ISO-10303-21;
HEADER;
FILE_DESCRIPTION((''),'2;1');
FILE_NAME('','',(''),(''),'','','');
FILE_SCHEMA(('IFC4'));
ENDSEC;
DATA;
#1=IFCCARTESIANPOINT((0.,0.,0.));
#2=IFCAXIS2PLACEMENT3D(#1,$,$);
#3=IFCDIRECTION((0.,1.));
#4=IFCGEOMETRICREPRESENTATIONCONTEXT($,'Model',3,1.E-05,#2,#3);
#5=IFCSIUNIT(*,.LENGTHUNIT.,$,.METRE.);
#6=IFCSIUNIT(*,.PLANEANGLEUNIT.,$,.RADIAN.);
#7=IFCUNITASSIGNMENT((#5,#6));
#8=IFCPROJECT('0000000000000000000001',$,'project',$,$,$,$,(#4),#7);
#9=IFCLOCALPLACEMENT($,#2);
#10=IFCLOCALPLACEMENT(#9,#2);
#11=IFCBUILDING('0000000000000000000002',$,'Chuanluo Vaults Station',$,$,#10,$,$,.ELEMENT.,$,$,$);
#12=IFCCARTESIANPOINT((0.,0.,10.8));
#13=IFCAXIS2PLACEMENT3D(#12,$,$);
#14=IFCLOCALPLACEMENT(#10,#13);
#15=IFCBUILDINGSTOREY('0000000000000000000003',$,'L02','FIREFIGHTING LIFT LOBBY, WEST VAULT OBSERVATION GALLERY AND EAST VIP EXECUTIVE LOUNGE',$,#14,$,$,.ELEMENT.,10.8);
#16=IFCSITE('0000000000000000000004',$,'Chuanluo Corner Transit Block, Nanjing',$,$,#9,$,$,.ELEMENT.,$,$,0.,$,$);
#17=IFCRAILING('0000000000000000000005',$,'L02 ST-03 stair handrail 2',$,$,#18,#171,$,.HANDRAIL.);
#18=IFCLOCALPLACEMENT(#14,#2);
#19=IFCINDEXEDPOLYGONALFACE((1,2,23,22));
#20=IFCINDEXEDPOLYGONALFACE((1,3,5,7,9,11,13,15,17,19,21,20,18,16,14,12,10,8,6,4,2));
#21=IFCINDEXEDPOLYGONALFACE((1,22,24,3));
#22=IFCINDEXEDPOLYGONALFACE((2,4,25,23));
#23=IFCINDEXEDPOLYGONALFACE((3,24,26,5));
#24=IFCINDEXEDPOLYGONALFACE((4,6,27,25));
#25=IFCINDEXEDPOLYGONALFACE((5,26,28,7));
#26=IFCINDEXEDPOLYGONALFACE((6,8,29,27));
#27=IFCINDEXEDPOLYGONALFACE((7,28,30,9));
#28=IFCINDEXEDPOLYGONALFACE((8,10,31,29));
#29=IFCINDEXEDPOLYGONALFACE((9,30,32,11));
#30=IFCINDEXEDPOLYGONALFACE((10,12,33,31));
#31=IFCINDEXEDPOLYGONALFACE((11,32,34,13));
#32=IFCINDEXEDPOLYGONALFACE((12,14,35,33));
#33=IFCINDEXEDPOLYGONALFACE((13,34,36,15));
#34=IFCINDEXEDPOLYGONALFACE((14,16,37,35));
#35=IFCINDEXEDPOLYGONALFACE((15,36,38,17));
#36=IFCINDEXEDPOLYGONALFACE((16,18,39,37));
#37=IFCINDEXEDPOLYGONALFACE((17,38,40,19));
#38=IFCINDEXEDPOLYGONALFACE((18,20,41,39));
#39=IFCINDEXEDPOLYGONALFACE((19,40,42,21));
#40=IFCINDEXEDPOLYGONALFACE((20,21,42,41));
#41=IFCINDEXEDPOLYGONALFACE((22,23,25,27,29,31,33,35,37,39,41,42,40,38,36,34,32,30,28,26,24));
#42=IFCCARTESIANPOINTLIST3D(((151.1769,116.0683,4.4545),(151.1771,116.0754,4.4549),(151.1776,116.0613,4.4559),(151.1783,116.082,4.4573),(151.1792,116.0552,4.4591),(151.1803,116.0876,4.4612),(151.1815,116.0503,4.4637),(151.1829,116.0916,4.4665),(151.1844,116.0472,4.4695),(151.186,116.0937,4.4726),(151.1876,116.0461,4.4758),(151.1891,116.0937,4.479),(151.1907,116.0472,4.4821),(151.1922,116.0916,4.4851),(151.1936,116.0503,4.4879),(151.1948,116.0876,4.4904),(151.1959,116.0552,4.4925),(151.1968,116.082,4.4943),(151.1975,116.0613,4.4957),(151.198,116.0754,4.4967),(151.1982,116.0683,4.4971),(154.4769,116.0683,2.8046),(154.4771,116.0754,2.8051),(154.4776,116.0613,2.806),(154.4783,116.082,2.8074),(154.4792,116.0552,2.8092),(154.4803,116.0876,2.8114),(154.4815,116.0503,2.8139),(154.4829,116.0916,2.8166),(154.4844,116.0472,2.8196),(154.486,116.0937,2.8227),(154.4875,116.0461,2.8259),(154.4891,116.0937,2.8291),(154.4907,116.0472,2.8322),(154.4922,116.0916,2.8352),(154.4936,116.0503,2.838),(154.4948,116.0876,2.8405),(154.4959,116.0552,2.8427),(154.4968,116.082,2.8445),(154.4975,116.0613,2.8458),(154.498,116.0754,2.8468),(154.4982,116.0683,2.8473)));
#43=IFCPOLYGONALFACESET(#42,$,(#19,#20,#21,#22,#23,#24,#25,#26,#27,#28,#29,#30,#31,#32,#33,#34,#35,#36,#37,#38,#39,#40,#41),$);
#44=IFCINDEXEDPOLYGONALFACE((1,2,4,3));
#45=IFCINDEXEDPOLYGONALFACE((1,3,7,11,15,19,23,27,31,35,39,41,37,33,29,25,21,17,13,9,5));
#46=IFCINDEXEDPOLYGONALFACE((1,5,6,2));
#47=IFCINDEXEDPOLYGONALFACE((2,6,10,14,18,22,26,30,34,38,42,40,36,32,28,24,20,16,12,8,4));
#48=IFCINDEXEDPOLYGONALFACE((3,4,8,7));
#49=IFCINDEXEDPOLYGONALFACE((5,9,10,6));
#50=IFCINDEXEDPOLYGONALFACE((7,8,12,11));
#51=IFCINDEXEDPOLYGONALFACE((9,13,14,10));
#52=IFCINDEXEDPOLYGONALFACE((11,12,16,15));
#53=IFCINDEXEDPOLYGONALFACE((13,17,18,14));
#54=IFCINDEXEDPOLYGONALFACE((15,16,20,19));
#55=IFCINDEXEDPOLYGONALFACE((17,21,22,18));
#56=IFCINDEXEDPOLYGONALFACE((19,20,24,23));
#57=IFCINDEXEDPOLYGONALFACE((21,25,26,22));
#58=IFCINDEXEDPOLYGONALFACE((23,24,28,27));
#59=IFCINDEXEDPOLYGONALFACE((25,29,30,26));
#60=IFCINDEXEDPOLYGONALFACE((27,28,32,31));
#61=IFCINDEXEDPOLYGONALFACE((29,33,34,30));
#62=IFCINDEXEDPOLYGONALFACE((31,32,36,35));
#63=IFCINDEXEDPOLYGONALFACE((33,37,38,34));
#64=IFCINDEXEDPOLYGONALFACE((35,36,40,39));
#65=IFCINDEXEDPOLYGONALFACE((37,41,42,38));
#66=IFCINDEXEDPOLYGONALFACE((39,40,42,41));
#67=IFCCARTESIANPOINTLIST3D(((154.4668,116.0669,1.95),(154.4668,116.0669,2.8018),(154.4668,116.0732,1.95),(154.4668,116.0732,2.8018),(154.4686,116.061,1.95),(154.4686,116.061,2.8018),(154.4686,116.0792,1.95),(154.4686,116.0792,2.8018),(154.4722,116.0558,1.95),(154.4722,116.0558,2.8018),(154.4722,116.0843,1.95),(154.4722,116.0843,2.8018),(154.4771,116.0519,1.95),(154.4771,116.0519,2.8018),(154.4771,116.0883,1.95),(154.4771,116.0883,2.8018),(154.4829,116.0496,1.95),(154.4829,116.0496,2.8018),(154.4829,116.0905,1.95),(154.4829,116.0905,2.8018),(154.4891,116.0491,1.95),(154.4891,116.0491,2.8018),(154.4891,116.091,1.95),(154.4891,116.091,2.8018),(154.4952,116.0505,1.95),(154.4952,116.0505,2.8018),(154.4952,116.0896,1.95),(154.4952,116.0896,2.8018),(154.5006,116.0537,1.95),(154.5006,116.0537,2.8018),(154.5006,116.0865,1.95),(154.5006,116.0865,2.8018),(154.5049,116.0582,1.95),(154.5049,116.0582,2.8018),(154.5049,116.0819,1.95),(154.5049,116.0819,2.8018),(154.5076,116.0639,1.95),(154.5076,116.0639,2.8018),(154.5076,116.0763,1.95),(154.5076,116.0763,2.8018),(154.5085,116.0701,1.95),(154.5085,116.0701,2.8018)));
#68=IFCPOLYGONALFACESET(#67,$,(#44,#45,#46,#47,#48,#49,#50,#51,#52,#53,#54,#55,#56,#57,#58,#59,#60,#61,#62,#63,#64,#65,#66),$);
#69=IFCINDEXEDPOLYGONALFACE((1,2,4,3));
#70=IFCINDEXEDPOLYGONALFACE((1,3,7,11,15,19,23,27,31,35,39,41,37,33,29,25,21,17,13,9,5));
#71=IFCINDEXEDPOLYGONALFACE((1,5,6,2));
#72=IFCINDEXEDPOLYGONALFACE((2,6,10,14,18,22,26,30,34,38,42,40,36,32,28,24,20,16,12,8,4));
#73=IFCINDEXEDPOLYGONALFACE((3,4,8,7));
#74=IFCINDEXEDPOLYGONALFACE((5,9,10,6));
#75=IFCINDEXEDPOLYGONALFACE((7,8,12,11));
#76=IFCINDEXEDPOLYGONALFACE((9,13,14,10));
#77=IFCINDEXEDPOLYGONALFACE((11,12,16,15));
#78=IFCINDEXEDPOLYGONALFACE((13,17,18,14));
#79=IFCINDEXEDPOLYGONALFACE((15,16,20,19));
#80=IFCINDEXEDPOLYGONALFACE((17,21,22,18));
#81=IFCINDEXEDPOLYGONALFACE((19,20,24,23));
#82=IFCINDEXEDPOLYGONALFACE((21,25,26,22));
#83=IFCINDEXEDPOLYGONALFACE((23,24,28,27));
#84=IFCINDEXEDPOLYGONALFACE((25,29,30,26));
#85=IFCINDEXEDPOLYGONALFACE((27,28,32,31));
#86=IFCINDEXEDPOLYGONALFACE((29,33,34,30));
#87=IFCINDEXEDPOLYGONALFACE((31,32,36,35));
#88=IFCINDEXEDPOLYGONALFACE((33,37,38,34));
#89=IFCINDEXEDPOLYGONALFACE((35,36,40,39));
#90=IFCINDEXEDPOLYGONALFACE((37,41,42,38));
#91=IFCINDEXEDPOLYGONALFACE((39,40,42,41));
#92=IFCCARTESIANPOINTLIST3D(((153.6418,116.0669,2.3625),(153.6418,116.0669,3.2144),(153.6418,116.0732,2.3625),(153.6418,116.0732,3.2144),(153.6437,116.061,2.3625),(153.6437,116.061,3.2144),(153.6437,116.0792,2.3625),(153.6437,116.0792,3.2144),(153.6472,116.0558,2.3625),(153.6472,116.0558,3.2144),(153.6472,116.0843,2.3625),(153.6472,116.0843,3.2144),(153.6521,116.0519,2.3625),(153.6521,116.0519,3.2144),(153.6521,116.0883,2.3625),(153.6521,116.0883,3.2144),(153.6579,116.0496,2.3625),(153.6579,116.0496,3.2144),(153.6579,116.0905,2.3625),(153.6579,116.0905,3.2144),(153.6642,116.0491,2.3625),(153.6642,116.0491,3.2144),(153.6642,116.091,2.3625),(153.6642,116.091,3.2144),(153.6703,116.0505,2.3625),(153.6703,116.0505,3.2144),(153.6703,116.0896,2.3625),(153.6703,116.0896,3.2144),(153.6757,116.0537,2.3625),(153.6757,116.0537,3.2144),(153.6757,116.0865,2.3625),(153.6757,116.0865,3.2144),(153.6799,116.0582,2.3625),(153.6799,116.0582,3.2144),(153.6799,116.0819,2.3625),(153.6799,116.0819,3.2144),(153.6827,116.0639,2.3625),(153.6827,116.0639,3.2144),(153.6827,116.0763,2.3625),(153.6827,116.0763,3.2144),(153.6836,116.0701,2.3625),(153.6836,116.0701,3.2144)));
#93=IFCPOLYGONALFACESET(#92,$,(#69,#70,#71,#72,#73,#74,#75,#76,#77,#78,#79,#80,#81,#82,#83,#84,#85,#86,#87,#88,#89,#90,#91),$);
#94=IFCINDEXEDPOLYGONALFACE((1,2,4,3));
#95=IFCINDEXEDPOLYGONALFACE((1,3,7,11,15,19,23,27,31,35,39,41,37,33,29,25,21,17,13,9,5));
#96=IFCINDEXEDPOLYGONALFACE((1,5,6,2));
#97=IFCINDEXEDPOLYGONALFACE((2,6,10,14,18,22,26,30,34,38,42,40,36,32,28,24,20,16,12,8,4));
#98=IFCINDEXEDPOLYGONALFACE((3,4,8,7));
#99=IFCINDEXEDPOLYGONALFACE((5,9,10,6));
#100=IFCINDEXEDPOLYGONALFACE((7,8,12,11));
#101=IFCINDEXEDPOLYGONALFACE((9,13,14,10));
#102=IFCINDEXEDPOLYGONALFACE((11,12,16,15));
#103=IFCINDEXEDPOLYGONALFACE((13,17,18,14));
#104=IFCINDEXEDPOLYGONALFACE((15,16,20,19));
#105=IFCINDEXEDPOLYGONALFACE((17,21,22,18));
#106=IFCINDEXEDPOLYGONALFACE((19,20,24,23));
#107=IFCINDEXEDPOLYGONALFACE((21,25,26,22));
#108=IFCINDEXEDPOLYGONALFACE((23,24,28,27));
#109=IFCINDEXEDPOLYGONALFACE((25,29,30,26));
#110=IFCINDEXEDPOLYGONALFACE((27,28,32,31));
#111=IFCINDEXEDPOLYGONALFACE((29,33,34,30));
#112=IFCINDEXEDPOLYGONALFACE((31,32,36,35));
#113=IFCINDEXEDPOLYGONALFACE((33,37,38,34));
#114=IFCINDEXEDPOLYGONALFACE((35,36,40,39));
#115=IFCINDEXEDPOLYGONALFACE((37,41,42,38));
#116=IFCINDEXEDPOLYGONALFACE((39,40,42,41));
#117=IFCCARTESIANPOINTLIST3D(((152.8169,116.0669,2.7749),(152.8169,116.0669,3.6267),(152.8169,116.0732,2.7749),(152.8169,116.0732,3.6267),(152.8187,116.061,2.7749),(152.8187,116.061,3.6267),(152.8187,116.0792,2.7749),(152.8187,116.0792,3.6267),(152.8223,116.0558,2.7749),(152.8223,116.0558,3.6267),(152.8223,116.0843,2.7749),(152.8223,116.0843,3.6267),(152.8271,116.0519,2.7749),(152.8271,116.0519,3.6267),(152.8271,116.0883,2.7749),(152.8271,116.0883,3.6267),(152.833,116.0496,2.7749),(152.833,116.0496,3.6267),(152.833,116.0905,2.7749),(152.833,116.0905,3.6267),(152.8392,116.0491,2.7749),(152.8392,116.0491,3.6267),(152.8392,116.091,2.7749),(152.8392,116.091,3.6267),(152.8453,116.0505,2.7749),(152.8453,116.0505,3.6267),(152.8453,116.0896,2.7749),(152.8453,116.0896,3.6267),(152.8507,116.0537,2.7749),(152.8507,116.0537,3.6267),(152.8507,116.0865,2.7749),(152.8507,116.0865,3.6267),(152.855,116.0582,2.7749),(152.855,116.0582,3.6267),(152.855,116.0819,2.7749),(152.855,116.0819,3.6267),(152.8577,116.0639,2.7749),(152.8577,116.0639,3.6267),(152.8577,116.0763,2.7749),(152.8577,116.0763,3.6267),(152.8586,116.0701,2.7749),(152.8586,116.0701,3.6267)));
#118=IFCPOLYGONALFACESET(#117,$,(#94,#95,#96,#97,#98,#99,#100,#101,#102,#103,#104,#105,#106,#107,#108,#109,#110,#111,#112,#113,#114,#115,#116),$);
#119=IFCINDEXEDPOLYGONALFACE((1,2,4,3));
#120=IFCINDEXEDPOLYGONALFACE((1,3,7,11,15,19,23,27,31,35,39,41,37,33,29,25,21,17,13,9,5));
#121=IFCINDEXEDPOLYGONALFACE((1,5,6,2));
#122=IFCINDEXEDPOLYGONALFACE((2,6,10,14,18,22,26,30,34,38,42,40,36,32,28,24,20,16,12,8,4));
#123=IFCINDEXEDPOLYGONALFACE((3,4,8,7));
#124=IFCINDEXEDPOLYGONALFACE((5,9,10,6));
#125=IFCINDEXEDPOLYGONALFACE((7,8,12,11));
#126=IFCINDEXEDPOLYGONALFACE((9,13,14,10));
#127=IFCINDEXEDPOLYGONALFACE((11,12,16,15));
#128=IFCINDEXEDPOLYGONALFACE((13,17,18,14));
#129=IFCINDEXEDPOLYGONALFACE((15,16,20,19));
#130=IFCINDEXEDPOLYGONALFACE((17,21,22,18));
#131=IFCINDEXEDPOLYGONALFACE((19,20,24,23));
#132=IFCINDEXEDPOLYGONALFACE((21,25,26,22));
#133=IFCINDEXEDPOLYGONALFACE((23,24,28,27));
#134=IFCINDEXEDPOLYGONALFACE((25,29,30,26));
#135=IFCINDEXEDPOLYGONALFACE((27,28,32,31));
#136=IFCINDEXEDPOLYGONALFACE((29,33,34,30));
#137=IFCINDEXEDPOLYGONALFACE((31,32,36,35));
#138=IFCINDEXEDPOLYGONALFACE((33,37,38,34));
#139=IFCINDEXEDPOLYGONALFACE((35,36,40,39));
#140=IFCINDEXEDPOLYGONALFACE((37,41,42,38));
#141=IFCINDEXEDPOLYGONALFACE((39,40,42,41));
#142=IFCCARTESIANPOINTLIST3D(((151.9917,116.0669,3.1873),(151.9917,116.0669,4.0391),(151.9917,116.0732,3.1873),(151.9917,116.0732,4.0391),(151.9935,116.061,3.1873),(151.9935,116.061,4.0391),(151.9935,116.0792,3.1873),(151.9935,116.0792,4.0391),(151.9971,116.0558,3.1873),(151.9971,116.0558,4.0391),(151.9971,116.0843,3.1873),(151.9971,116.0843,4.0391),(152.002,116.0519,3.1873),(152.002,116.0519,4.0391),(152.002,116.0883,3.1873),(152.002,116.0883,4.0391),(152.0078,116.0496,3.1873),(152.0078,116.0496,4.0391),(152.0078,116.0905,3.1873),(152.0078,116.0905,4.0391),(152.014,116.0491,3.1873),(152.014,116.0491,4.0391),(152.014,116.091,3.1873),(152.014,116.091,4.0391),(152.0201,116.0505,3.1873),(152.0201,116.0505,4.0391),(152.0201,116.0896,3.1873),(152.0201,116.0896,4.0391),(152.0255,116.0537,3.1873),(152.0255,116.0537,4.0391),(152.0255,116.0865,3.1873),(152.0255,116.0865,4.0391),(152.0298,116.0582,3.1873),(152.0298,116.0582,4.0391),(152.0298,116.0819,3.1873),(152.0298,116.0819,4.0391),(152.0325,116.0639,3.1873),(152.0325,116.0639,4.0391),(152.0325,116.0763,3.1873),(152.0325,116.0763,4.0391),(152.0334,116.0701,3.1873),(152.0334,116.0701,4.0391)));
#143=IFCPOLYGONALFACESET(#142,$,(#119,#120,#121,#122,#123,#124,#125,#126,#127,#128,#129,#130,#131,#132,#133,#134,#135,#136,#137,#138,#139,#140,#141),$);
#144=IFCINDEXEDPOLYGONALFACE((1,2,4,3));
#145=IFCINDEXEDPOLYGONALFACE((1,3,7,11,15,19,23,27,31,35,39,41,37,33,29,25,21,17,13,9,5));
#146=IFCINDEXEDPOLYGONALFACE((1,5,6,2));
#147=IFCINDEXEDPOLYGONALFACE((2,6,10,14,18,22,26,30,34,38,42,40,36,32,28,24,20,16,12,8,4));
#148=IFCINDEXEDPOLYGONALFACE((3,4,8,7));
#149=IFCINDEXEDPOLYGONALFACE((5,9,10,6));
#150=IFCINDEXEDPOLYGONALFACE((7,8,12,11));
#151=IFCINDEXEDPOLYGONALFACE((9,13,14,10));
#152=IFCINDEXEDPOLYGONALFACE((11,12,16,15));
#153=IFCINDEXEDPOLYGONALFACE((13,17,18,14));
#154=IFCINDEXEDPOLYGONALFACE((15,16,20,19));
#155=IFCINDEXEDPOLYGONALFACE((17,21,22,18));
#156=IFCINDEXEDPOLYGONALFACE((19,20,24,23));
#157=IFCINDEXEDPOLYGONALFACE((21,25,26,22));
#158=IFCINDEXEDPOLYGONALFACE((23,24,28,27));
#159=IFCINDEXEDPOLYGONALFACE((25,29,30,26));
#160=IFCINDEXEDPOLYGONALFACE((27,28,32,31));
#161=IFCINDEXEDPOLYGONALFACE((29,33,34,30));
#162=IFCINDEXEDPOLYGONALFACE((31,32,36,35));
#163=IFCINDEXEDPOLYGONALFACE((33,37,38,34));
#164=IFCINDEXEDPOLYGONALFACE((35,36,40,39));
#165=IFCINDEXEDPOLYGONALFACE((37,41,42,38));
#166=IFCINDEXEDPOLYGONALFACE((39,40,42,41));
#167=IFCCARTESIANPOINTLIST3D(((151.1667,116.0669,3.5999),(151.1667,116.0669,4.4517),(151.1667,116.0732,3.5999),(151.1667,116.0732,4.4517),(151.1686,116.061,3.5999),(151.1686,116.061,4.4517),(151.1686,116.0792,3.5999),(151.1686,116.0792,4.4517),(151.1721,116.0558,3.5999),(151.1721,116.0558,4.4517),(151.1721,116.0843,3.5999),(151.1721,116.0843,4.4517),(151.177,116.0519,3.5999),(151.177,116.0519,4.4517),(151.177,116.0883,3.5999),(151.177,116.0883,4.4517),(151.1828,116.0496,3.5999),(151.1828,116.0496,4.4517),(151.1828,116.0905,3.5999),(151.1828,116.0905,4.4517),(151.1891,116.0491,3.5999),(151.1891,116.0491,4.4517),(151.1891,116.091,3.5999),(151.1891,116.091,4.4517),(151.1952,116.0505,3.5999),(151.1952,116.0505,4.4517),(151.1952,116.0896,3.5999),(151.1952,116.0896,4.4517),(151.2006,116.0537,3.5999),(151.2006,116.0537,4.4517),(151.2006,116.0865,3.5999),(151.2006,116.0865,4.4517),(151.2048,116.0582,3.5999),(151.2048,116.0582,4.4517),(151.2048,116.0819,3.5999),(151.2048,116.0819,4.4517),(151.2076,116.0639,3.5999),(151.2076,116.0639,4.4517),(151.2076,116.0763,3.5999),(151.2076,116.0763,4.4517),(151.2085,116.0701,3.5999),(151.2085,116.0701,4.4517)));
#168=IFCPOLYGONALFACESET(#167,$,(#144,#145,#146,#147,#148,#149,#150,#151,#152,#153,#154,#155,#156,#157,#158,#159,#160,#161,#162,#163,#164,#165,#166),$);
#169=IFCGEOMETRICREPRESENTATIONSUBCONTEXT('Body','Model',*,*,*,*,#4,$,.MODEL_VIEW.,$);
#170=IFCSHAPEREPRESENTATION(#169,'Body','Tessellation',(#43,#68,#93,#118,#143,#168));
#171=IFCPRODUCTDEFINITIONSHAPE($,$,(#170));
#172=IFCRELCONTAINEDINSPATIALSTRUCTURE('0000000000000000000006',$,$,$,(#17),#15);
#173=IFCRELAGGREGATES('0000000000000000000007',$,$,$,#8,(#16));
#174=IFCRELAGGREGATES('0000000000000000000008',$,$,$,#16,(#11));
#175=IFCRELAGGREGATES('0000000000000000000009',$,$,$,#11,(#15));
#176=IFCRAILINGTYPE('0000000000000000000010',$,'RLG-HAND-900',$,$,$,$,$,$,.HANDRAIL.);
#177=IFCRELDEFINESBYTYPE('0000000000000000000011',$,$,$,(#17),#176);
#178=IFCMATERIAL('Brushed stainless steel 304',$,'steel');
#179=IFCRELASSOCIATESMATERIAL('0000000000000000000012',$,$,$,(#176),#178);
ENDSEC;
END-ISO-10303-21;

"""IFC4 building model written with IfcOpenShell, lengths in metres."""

from ifc_helpers import new_model, si_unit, direction, frame, origin, origin_2d, place, context, subcontext, project, spatial, circle, extrude, material, type_object, element, save


model = new_model("IFC4")

# Units and contexts
model_context = context("Model", 3, precision=1e-05, world=origin(), true_north=direction((0.0, 1.0)))
body_context = subcontext(model_context, "Body", "Model", "MODEL_VIEW")
ifc_project = project(units=[si_unit("LENGTHUNIT", "METRE"), si_unit("PLANEANGLEUNIT", "RADIAN")], contexts=[model_context])

# Site, building, storey
site_placement = place(None, origin())
site = spatial("IfcSite", under=ifc_project, at=site_placement, Name="Chuanluo Corner Transit Block, Nanjing", CompositionType="ELEMENT", RefElevation=0.0)
building_placement = place(site_placement, origin())
building = spatial("IfcBuilding", under=site, at=building_placement, Name="Chuanluo Vaults Station", CompositionType="ELEMENT")
storey_placement = place(building_placement, frame((0.0, 0.0, 10.8)))
storey = spatial("IfcBuildingStorey", under=building, at=storey_placement, Name="L02", Description="FIREFIGHTING LIFT LOBBY, WEST VAULT OBSERVATION GALLERY AND EAST VIP EXECUTIVE LOUNGE", CompositionType="ELEMENT", Elevation=10.8)

# Railing
ifc_material_1 = material(Name="Brushed stainless steel 304", Category="steel")
railing_type_1 = type_object("IfcRailingType", Name="RLG-HAND-900", PredefinedType="HANDRAIL", material=ifc_material_1)
railing_1_placement = place(storey_placement, frame((154.4875, 116.0701, 1.95)))
element("IfcRailing", 1, at=railing_1_placement, inside=storey, type_object=railing_type_1, Name="L02 ST-03 stair handrail 2", PredefinedType="HANDRAIL", context=body_context, shape_type="SweptSolid", body=[
    extrude(circle(Radius=0.0239, at=origin_2d()), frame((0.0, 0.0, 0.876), z_axis=(-0.89444, 0.0, 0.447187), x_axis=(0.0, -1.0, 0.0)), (0.0, 0.0, 1.0), 3.6895),
    extrude(circle(Radius=0.021, at=origin_2d()), origin(), (0.0, 0.0, 1.0), 0.8518),
    extrude(circle(Radius=0.021, at=origin_2d()), frame((-0.825, 0.0, 0.4126)), (0.0, 0.0, 1.0), 0.8518),
    extrude(circle(Radius=0.021, at=origin_2d()), frame((-1.6499, 0.0, 0.825)), (0.0, 0.0, 1.0), 0.8518),
    extrude(circle(Radius=0.021, at=origin_2d()), frame((-2.4751, 0.0, 1.2373)), (0.0, 0.0, 1.0), 0.8518),
    extrude(circle(Radius=0.021, at=origin_2d()), frame((-3.3, 0.0, 1.6499)), (0.0, 0.0, 1.0), 0.8518),
])

save(model, "model.ifc")
